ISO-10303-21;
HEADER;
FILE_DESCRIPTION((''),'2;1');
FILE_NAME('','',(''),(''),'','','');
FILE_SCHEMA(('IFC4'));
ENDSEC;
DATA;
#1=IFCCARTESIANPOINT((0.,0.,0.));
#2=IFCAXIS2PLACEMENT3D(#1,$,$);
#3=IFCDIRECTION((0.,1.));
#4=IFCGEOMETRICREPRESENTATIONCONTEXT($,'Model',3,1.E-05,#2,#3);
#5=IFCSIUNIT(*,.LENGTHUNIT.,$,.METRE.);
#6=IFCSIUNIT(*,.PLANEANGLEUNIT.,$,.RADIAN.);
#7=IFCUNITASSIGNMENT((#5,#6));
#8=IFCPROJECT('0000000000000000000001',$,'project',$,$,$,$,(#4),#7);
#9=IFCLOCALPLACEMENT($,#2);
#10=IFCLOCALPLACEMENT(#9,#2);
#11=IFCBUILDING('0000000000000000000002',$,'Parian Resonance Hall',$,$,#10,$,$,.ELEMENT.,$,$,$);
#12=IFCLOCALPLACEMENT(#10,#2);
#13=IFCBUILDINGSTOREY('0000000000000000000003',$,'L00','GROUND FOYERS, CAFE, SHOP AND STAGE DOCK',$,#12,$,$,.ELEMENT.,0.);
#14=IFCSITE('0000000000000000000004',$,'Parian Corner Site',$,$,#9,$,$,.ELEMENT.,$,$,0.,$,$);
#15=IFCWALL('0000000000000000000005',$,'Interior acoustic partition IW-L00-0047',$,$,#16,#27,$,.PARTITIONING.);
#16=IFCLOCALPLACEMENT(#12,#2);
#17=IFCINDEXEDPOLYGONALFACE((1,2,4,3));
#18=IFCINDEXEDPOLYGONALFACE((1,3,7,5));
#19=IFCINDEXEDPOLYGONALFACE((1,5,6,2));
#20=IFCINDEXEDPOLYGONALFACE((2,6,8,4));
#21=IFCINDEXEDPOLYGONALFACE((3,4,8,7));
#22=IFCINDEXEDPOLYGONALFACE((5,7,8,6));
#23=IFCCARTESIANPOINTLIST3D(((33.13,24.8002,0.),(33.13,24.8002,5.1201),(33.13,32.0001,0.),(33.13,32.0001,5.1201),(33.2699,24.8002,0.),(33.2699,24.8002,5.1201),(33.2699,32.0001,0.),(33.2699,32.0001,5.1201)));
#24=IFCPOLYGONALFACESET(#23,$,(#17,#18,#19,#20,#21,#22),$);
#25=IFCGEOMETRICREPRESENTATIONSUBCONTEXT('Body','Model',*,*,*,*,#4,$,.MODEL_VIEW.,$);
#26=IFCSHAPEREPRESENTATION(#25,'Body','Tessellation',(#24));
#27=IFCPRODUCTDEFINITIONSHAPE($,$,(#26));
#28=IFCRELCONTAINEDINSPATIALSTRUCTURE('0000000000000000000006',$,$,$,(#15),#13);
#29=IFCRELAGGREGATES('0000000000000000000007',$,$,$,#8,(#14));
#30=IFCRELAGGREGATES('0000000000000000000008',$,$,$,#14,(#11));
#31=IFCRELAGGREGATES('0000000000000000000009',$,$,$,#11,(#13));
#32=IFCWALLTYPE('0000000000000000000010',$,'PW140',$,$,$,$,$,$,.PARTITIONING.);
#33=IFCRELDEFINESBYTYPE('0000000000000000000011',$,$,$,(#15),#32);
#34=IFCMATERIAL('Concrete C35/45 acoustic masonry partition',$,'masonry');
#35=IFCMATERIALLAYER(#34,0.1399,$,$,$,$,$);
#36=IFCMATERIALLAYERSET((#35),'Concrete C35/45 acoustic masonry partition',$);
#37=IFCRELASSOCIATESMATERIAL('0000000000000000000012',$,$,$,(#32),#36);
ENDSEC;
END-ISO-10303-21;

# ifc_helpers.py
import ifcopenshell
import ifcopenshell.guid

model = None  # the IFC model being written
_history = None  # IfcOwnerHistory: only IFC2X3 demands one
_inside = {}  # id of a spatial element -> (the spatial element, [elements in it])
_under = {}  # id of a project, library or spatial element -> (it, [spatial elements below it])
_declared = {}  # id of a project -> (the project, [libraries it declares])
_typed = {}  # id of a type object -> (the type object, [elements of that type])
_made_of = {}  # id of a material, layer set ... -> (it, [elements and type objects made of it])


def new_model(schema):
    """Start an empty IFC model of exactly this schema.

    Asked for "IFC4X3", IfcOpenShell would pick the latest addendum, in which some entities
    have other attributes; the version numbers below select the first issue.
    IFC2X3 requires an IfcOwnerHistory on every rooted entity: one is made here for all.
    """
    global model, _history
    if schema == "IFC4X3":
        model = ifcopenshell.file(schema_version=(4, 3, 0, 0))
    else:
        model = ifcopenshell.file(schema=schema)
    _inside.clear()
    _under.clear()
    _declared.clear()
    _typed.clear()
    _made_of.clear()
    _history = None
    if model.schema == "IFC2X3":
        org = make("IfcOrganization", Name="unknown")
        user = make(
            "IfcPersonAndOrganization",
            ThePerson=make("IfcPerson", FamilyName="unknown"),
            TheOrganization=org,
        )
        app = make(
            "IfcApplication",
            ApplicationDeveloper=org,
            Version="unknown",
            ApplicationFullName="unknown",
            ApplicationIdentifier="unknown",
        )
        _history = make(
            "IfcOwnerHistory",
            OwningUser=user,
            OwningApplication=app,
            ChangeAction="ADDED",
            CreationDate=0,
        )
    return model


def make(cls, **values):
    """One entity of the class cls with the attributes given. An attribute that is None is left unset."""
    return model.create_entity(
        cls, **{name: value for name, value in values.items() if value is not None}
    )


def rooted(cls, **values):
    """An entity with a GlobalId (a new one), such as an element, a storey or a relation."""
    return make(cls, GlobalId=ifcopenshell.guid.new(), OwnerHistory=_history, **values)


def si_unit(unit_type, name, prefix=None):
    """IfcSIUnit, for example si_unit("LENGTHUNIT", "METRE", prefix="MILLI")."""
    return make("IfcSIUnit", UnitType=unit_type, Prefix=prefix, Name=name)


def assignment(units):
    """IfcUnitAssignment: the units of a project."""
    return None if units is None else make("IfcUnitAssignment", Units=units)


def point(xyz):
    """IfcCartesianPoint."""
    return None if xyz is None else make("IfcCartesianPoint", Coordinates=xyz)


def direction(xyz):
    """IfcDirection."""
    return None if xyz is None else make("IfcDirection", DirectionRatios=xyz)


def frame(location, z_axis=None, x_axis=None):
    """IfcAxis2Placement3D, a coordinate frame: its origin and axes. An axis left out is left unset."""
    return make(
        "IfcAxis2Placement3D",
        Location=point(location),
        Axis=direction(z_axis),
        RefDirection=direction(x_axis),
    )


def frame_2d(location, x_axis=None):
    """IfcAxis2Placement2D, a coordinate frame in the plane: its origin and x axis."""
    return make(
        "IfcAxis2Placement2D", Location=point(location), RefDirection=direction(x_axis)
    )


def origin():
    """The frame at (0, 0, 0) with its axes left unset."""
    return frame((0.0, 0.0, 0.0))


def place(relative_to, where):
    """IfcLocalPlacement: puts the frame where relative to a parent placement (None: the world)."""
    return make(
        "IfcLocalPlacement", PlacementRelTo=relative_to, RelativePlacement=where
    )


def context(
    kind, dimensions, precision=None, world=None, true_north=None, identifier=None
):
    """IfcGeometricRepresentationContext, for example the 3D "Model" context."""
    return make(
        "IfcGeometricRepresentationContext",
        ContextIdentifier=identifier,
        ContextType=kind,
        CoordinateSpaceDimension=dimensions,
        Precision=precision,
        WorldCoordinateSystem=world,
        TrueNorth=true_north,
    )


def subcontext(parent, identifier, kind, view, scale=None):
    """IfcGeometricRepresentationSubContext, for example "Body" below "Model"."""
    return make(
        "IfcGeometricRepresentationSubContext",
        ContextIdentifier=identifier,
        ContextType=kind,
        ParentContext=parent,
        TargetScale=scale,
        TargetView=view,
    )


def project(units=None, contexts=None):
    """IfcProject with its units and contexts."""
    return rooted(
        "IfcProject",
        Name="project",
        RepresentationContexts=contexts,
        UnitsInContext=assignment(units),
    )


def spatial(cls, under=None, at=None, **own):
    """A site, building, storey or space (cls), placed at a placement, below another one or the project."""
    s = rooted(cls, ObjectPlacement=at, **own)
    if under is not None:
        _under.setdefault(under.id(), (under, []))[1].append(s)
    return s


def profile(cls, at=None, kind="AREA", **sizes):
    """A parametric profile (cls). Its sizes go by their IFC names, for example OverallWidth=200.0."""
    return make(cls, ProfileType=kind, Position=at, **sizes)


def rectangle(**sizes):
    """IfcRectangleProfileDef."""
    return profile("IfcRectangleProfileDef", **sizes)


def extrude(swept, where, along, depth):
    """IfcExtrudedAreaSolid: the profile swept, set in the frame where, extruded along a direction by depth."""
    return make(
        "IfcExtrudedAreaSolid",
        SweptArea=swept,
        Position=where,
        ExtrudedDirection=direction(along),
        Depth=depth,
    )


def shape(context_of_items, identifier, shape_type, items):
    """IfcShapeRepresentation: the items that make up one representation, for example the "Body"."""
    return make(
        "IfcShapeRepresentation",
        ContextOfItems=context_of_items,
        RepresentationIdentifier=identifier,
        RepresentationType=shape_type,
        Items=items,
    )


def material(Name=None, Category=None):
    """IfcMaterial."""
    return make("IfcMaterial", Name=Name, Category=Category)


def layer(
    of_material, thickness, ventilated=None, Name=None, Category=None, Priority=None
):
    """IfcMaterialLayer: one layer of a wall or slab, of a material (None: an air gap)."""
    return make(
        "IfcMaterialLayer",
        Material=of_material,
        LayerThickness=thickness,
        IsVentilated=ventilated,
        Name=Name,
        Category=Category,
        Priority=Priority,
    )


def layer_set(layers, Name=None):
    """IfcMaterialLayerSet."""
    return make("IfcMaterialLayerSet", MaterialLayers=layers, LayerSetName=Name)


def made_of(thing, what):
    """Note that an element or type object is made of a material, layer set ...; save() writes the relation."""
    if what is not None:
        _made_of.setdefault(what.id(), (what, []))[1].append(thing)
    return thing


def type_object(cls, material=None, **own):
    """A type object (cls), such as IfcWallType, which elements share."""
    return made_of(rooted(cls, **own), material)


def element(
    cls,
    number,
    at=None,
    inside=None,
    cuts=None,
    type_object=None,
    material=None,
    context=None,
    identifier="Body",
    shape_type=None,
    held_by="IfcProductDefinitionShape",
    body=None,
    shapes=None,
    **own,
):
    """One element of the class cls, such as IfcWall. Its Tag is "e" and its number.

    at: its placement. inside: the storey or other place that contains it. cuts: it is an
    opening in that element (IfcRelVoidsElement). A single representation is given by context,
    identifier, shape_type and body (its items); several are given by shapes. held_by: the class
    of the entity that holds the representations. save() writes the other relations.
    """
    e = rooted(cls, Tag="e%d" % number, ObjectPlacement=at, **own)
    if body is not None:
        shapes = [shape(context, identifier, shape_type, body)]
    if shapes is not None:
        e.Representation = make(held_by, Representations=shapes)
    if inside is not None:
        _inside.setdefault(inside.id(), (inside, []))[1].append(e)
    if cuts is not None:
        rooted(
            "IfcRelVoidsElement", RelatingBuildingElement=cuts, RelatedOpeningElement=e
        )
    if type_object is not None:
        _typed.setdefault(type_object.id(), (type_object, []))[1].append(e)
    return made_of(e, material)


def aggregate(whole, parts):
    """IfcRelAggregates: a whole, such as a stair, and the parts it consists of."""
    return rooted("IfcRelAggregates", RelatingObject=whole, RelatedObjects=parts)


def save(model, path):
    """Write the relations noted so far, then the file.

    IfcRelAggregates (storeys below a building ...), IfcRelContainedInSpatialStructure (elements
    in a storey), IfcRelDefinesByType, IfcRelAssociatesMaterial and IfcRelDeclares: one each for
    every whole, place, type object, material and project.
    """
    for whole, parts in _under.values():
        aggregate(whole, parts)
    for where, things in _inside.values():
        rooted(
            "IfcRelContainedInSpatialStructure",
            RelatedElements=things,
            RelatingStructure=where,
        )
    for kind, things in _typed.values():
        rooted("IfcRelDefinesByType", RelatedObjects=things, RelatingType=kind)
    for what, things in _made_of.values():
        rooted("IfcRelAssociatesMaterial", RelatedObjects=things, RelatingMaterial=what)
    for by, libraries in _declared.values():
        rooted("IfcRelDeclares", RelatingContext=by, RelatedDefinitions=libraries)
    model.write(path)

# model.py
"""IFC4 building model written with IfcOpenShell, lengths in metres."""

from ifc_helpers import new_model, si_unit, direction, frame, frame_2d, origin, place, context, subcontext, project, spatial, rectangle, extrude, material, layer, layer_set, type_object, element, save


model = new_model("IFC4")

# Units and contexts
model_context = context("Model", 3, precision=1e-05, world=origin(), true_north=direction((0.0, 1.0)))
body_context = subcontext(model_context, "Body", "Model", "MODEL_VIEW")
ifc_project = project(units=[si_unit("LENGTHUNIT", "METRE"), si_unit("PLANEANGLEUNIT", "RADIAN")], contexts=[model_context])

# Site, building, storey
site_placement = place(None, origin())
site = spatial("IfcSite", under=ifc_project, at=site_placement, Name="Parian Corner Site", CompositionType="ELEMENT", RefElevation=0.0)
building_placement = place(site_placement, origin())
building = spatial("IfcBuilding", under=site, at=building_placement, Name="Parian Resonance Hall", CompositionType="ELEMENT")
storey_placement = place(building_placement, origin())
storey = spatial("IfcBuildingStorey", under=building, at=storey_placement, Name="L00", Description="GROUND FOYERS, CAFE, SHOP AND STAGE DOCK", CompositionType="ELEMENT", Elevation=0.0)

# Wall
ifc_material_1 = material(Name="Concrete C35/45 acoustic masonry partition", Category="masonry")
ifc_layer_1 = layer(ifc_material_1, 0.1399)
ifc_layer_set_1 = layer_set([ifc_layer_1], Name="Concrete C35/45 acoustic masonry partition")
wall_type_1 = type_object("IfcWallType", Name="PW140", PredefinedType="PARTITIONING", material=ifc_layer_set_1)
wall_1_placement = place(storey_placement, frame((33.2, 24.8, 0.0), z_axis=(0.0, 0.0, 1.0), x_axis=(0.0, 1.0, 0.0)))
element("IfcWall", 1, at=wall_1_placement, inside=storey, type_object=wall_type_1, Name="Interior acoustic partition IW-L00-0047", PredefinedType="PARTITIONING", context=body_context, shape_type="SweptSolid", body=[
    extrude(rectangle(XDim=7.2, YDim=0.1399, at=frame_2d((3.6001, 0.0))), origin(), (0.0, 0.0, 1.0), 5.1201),
])

save(model, "model.ifc")
